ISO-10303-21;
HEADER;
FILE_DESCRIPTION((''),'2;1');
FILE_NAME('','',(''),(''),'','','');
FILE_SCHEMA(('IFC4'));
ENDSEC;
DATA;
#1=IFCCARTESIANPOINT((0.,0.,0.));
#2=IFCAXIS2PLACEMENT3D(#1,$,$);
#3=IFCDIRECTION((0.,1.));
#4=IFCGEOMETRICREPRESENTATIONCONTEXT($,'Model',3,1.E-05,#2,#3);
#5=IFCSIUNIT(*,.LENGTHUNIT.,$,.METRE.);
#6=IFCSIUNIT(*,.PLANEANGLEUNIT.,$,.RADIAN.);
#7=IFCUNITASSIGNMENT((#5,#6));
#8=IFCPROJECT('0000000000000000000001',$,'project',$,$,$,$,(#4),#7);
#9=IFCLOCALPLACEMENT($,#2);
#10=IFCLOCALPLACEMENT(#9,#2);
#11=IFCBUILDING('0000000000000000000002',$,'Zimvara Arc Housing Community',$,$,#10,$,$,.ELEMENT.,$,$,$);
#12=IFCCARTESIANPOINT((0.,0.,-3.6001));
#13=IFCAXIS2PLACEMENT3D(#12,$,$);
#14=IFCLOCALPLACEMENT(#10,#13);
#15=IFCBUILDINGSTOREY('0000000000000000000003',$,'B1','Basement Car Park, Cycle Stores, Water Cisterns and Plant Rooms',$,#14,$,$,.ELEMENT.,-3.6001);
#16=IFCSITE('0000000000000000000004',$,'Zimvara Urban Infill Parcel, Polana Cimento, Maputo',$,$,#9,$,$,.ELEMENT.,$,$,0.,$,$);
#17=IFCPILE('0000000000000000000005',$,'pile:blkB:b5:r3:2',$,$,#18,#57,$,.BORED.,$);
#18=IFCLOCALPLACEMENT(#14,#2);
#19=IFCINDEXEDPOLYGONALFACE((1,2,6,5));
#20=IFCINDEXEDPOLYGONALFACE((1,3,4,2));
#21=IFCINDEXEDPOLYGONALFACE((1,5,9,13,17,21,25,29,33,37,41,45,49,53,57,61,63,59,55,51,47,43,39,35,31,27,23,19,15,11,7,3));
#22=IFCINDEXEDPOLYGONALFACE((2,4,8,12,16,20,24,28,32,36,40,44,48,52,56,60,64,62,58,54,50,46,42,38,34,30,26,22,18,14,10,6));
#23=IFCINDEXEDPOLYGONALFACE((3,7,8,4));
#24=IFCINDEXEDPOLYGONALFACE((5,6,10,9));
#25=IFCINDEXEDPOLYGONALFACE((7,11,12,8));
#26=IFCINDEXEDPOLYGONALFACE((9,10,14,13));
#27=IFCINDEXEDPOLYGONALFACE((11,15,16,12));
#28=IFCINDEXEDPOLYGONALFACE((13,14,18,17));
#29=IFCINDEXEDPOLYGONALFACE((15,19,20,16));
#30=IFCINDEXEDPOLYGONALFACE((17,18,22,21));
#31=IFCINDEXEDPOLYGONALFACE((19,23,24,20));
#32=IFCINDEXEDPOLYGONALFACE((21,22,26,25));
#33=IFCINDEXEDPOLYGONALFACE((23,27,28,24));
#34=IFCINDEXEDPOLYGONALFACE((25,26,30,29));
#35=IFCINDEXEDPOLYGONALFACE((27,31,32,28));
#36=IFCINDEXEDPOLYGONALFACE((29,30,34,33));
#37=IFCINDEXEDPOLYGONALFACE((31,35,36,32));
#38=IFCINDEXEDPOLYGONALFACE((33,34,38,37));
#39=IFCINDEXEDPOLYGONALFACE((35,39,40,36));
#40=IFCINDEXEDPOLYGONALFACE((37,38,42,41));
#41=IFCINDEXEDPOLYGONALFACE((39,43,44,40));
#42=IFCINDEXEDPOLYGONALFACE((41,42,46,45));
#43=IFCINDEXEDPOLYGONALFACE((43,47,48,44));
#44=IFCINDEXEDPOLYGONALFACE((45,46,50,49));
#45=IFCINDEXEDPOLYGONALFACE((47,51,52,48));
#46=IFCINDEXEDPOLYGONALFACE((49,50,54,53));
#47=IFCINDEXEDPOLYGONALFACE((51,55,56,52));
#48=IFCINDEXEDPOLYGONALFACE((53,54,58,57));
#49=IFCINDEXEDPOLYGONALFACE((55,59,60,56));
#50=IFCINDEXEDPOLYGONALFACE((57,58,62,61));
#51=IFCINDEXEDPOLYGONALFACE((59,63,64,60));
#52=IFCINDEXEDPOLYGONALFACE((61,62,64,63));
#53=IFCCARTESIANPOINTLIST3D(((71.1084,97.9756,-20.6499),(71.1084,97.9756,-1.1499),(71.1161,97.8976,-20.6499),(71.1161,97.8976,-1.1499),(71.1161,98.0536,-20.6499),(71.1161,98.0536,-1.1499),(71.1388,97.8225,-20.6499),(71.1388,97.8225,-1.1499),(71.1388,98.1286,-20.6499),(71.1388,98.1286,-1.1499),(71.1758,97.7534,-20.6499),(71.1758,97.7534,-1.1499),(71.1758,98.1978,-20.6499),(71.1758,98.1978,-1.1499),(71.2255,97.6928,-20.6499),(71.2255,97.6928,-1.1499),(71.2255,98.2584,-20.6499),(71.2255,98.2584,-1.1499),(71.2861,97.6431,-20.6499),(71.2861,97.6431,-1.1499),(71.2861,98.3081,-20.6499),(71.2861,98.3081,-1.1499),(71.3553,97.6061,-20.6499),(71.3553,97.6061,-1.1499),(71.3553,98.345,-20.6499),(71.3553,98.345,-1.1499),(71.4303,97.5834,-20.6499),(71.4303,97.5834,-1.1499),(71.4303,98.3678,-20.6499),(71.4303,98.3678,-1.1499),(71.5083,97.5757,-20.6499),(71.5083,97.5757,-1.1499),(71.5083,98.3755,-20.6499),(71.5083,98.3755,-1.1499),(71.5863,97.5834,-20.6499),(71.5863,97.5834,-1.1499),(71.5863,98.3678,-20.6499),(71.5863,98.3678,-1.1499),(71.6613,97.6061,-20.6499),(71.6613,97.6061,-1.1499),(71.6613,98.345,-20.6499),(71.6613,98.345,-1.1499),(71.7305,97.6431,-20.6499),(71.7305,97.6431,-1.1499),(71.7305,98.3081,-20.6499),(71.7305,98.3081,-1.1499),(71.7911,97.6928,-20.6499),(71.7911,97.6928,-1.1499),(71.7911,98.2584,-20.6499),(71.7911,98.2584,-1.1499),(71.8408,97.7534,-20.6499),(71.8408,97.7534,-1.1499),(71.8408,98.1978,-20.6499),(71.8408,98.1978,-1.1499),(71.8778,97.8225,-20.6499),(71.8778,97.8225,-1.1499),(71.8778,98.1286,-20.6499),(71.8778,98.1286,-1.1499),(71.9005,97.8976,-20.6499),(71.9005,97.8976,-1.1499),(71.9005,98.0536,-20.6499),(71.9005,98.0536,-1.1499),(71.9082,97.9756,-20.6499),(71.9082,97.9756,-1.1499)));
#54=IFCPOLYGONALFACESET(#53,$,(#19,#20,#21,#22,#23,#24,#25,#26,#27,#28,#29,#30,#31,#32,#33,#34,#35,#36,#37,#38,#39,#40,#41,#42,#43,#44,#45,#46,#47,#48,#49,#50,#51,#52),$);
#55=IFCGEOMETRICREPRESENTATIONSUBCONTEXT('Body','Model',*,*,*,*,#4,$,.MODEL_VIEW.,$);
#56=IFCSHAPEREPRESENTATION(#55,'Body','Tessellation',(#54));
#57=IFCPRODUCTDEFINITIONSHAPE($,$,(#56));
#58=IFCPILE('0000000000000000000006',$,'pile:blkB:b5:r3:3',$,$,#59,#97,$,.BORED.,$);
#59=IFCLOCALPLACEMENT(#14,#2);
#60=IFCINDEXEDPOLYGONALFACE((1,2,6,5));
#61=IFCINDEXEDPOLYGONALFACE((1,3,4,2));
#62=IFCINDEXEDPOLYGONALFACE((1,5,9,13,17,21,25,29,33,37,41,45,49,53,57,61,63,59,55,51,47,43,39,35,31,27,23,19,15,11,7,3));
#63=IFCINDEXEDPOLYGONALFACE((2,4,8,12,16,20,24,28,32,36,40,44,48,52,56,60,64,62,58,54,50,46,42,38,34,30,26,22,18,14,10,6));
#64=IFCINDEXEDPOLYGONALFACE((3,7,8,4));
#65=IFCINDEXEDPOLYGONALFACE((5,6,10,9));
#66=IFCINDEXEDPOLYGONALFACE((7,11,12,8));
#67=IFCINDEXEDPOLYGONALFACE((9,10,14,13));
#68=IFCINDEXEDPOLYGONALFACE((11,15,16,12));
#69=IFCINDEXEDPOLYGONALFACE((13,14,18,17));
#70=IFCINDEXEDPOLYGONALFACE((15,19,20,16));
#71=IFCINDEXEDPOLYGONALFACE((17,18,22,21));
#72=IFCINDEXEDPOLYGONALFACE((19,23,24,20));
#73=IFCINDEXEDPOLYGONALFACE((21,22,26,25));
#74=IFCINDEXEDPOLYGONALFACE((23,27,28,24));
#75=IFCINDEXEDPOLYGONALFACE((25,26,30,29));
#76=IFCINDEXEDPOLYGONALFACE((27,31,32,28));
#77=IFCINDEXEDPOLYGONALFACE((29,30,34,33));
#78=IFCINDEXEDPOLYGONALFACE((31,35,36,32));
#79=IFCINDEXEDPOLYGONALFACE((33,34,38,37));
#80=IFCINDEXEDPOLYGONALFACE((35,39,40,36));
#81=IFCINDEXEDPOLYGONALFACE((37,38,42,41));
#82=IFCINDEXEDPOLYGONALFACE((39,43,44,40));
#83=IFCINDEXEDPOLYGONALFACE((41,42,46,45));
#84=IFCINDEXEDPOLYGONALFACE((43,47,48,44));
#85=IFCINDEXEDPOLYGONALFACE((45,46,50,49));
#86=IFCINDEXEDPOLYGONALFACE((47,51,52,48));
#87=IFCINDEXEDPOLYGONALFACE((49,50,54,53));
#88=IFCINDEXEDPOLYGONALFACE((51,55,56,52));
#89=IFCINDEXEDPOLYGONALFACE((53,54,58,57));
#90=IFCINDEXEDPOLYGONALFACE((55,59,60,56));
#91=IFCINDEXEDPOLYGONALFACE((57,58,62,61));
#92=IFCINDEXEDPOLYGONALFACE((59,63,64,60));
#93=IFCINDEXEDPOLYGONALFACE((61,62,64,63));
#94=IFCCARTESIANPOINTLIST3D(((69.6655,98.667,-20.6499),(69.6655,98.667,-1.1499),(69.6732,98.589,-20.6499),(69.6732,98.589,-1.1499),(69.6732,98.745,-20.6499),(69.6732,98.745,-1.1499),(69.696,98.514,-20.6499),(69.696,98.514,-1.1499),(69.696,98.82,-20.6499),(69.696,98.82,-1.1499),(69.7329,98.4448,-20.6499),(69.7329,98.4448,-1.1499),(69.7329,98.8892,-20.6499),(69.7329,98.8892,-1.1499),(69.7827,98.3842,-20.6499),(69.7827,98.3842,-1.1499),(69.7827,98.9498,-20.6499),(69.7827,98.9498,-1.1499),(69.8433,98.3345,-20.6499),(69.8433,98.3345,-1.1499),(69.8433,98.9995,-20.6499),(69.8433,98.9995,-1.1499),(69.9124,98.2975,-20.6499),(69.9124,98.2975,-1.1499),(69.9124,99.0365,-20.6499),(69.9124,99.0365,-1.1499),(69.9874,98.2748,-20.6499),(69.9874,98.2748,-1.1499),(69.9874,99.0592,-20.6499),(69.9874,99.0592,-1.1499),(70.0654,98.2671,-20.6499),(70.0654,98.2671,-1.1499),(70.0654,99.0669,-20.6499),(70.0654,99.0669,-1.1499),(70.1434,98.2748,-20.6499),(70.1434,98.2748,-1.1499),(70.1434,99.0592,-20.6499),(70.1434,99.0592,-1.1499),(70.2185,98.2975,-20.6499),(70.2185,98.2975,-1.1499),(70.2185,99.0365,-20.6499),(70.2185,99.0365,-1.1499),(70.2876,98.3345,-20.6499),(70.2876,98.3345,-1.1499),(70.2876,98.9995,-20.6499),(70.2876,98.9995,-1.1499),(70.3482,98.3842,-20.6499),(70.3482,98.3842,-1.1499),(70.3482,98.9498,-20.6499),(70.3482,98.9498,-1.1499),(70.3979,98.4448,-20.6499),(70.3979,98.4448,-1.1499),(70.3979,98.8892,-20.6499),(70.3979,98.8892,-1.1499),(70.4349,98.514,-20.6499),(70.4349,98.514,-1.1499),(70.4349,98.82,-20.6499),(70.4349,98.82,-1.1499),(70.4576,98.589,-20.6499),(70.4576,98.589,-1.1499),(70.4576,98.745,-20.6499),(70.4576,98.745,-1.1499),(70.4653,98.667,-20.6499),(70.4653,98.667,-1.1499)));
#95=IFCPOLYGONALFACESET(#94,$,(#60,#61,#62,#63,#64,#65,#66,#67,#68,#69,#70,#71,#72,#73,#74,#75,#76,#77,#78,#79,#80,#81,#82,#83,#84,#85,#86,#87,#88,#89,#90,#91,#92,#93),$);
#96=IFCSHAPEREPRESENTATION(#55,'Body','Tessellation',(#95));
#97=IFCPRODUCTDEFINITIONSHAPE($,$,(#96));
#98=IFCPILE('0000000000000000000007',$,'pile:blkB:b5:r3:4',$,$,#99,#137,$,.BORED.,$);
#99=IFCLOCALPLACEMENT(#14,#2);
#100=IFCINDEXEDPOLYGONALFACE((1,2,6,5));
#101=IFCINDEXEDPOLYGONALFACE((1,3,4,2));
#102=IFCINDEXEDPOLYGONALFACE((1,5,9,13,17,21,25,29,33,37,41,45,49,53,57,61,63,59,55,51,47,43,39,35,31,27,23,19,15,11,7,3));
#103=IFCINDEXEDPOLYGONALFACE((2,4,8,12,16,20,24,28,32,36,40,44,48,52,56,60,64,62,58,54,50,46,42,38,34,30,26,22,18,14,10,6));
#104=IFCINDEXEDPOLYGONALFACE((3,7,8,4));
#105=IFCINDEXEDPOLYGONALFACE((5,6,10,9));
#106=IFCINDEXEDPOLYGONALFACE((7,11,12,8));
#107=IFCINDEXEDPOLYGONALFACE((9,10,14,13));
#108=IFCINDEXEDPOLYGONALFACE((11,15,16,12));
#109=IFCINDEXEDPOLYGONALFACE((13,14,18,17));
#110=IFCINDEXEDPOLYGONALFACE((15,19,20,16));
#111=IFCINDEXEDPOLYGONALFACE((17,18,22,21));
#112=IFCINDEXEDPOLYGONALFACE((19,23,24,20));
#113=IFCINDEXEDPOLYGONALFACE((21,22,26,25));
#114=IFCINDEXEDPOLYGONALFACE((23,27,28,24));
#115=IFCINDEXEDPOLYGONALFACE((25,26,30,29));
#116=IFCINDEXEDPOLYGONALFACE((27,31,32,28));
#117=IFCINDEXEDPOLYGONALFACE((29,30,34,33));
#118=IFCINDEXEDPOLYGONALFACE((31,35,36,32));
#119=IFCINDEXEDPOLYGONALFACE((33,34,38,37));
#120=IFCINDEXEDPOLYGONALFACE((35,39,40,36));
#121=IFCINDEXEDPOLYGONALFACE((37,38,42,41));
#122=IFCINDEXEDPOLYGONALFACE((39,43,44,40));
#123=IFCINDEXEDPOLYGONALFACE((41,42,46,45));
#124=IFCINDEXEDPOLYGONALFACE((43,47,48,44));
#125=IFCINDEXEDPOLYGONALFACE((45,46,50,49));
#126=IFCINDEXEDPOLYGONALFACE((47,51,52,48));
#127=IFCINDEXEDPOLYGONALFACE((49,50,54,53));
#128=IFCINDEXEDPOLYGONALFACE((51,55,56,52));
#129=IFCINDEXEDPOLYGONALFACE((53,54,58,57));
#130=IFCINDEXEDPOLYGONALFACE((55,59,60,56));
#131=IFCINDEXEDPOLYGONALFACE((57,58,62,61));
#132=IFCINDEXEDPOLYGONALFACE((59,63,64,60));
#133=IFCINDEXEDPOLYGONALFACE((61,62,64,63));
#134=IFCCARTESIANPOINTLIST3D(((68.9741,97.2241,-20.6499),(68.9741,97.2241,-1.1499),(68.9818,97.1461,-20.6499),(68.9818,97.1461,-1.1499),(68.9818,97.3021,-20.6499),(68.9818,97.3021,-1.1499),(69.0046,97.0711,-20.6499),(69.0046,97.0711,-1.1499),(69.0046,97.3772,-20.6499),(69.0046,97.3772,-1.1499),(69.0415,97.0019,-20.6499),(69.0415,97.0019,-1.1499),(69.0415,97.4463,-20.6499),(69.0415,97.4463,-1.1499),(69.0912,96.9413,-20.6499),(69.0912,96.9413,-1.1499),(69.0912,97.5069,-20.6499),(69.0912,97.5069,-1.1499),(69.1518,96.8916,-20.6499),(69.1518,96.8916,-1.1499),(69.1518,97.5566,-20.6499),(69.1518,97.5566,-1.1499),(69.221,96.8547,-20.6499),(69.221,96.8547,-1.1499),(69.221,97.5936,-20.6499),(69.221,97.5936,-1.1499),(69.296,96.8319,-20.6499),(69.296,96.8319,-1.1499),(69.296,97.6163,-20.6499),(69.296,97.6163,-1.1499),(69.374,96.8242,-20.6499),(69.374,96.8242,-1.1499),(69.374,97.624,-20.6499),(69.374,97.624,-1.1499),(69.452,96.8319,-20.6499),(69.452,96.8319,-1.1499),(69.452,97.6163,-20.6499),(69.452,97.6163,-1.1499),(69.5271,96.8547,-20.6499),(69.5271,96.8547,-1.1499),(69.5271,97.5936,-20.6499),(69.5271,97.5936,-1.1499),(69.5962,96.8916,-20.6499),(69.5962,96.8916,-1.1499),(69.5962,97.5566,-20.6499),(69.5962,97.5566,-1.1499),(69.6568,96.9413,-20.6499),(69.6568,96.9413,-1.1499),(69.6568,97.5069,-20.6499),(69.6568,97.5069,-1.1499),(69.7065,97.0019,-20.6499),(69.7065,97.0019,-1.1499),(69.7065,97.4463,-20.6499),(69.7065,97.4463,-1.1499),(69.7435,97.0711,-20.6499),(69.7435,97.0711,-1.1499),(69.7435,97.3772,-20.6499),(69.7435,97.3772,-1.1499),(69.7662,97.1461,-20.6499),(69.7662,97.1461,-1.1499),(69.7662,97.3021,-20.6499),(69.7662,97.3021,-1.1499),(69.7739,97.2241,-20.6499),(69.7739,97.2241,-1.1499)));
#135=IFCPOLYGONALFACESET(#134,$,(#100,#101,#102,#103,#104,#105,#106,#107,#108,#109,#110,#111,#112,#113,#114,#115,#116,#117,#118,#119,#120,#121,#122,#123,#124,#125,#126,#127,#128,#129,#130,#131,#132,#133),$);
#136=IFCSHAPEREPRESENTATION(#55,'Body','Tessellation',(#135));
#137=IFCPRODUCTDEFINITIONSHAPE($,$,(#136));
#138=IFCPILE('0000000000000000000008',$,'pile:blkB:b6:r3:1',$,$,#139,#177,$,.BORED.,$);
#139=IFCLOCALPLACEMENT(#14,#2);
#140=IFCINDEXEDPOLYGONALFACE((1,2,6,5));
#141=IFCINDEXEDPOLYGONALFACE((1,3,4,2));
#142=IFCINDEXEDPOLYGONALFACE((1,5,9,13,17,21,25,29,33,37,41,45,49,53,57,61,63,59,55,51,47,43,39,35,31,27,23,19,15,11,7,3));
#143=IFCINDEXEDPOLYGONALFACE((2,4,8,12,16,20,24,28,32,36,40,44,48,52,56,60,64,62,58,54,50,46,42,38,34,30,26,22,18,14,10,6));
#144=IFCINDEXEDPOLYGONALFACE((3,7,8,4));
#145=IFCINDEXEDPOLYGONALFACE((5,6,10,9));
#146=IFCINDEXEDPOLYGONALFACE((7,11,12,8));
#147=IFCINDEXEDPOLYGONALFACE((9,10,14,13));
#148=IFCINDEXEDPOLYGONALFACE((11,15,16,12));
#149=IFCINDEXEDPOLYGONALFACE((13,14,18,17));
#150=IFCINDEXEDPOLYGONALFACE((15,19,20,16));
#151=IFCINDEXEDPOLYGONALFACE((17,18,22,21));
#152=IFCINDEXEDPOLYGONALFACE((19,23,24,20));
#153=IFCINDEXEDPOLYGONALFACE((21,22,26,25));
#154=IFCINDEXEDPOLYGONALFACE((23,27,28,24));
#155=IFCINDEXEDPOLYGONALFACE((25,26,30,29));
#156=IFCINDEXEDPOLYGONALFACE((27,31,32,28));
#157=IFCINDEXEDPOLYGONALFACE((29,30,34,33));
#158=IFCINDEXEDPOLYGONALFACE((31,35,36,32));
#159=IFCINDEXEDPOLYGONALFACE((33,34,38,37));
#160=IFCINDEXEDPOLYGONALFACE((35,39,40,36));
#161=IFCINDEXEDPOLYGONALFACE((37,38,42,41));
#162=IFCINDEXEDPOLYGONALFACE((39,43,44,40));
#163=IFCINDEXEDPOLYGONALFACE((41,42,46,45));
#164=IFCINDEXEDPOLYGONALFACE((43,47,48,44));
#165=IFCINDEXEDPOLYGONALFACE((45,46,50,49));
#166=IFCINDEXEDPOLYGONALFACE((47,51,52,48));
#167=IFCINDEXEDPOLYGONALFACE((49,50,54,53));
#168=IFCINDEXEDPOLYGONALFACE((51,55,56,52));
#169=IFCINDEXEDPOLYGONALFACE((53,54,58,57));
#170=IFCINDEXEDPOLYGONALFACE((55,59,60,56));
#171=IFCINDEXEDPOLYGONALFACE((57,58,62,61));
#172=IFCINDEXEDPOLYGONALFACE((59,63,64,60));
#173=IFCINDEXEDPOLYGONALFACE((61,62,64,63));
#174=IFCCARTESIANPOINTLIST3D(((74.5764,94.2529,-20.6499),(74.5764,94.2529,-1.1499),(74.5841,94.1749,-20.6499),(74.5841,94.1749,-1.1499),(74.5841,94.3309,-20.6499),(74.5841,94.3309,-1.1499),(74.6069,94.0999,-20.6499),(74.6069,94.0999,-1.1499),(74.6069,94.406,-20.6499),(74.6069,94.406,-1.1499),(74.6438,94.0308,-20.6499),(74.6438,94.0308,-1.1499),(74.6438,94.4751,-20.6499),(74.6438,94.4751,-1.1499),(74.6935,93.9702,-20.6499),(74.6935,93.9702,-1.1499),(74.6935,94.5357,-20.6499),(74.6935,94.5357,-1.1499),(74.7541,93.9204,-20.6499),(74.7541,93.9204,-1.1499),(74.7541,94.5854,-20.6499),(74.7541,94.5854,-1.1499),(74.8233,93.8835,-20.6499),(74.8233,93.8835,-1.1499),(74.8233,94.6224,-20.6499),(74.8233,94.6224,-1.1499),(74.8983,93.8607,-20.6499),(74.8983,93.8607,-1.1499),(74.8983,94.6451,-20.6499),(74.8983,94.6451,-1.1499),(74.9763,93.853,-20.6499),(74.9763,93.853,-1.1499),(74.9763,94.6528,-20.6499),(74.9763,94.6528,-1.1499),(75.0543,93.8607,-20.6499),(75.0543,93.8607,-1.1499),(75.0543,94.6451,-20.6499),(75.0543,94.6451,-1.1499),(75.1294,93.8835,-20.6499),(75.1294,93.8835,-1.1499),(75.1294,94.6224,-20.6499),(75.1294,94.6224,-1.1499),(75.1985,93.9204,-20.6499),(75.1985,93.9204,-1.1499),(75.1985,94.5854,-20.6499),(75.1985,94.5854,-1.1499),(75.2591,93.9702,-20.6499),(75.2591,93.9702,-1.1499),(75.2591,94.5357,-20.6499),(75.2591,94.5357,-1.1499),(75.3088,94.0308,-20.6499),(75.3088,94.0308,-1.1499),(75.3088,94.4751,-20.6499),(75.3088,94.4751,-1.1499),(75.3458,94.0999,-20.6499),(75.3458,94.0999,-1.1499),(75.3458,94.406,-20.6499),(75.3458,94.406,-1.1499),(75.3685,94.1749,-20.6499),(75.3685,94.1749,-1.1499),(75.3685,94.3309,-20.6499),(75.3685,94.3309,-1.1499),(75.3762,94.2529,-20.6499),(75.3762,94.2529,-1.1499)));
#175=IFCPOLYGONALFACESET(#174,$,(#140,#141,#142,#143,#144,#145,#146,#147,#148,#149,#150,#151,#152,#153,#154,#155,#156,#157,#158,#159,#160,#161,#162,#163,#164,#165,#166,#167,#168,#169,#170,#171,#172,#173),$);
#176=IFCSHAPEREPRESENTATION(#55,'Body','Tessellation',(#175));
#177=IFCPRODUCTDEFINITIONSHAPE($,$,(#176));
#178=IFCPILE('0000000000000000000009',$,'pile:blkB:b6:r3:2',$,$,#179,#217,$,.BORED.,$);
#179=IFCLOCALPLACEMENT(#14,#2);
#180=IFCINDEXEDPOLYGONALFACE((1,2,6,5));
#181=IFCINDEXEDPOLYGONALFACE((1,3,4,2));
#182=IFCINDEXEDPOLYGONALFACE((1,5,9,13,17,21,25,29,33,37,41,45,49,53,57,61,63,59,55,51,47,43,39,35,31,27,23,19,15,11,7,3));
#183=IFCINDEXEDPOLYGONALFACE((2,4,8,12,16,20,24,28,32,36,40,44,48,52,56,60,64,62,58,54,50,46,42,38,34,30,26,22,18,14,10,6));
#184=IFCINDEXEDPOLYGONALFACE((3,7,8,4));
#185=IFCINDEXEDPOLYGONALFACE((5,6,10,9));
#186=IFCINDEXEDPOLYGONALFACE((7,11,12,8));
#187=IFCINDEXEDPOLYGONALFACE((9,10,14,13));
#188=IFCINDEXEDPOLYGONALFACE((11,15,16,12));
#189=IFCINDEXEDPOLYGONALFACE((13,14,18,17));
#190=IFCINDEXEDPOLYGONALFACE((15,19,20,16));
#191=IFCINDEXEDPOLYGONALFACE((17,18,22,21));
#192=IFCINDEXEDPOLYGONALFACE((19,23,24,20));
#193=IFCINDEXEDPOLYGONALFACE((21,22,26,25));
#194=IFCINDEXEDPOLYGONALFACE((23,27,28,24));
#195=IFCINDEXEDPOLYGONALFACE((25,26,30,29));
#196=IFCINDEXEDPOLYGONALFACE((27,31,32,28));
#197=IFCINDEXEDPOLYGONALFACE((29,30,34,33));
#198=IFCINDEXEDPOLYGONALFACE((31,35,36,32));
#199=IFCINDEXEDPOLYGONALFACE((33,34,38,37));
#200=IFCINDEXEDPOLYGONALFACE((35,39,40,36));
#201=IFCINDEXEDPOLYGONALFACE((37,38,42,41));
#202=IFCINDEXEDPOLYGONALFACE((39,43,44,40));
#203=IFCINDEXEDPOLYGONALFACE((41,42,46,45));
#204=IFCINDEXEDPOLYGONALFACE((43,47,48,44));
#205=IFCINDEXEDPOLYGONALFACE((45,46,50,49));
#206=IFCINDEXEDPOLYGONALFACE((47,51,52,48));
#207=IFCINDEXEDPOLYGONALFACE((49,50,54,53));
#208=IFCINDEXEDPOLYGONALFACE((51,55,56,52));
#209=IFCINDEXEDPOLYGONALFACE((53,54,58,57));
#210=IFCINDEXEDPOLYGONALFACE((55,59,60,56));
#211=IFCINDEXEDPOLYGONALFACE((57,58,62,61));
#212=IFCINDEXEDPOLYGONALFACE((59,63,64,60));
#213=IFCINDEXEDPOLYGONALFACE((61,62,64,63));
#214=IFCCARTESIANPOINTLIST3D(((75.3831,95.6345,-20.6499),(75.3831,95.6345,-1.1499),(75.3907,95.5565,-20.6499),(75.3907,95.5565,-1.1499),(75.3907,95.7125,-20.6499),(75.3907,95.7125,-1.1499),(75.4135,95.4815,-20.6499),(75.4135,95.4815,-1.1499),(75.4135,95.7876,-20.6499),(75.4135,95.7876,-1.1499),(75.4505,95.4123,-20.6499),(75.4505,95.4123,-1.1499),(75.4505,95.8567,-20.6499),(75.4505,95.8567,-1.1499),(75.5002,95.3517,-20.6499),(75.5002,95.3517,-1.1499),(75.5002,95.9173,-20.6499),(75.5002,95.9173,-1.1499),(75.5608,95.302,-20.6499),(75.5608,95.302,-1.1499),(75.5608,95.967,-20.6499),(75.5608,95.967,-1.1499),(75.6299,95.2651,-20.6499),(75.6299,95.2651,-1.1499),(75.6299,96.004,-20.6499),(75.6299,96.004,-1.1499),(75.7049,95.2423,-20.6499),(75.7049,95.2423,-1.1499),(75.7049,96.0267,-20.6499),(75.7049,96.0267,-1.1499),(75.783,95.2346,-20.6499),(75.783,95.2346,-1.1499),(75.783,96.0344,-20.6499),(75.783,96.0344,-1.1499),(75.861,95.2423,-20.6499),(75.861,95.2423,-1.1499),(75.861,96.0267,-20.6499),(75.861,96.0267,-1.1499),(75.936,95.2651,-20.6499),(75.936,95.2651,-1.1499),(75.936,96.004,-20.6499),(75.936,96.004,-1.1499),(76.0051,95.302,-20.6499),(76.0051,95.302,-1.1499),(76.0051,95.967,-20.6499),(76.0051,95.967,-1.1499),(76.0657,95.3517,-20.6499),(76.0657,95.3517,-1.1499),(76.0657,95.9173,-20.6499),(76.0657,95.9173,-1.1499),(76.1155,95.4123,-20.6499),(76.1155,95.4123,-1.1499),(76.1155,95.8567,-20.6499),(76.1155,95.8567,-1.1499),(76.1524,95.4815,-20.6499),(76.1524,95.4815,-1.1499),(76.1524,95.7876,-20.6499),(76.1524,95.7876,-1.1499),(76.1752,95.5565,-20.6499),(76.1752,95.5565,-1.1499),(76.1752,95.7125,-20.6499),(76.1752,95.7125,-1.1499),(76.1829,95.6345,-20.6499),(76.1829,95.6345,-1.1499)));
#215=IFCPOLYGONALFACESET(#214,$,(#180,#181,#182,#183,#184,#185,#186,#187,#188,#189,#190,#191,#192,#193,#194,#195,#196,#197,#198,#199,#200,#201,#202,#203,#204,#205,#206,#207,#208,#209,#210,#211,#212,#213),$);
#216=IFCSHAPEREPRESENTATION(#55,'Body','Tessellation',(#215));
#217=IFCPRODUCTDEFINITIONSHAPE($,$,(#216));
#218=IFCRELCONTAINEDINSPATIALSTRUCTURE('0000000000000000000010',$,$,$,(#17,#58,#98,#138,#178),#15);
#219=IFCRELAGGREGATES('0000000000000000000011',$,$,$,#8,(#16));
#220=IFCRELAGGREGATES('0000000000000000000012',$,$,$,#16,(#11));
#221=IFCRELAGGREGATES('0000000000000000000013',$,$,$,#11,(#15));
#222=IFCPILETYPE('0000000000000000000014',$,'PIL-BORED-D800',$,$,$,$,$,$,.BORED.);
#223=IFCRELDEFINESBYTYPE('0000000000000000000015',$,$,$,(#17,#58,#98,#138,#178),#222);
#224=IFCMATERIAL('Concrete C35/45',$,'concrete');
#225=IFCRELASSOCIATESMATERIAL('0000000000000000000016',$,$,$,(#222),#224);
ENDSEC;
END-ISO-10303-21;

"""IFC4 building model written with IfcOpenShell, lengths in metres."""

from ifc_helpers import new_model, si_unit, direction, frame, origin, origin_2d, place, context, subcontext, project, spatial, circle, extrude, material, material_profile, profile_set, type_object, element, save


model = new_model("IFC4")

# Units and contexts
model_context = context("Model", 3, precision=1e-05, world=origin(), true_north=direction((0.0, 1.0)))
body_context = subcontext(model_context, "Body", "Model", "MODEL_VIEW")
ifc_project = project(units=[si_unit("LENGTHUNIT", "METRE"), si_unit("PLANEANGLEUNIT", "RADIAN")], contexts=[model_context])

# Site, building, storey
site_placement = place(None, origin())
site = spatial("IfcSite", under=ifc_project, at=site_placement, Name="Zimvara Urban Infill Parcel, Polana Cimento, Maputo", CompositionType="ELEMENT", RefElevation=0.0)
building_placement = place(site_placement, origin())
building = spatial("IfcBuilding", under=site, at=building_placement, Name="Zimvara Arc Housing Community", CompositionType="ELEMENT")
storey_placement = place(building_placement, frame((0.0, 0.0, -3.6001)))
storey = spatial("IfcBuildingStorey", under=building, at=storey_placement, Name="B1", Description="Basement Car Park, Cycle Stores, Water Cisterns and Plant Rooms", CompositionType="ELEMENT", Elevation=-3.6001)

# Piles
ifc_material_1 = material(Name="Concrete C35/45", Category="concrete")
ifc_material_profile_1 = material_profile(ifc_material_1, circle(Radius=0.3999, at=origin_2d()), Name="PILE D800")
ifc_profile_set_1 = profile_set([ifc_material_profile_1], Name="Concrete C35/45")
pile_type = type_object("IfcPileType", Name="PIL-BORED-D800", PredefinedType="BORED", material=ifc_profile_set_1)
for number, where, z_axis, x_axis, name in (
    (1, (71.5083, 97.9756, -1.1499), (0.0, 0.0, -1.0), (1.0, 0.0, 0.0), "pile:blkB:b5:r3:2"),
    (2, (70.0654, 98.667, -1.1499), (0.0, 0.0, -1.0), (1.0, 0.0, 0.0), "pile:blkB:b5:r3:3"),
    (3, (69.374, 97.2241, -1.1499), (0.0, 0.0, -1.0), (1.0, 0.0, 0.0), "pile:blkB:b5:r3:4"),
    (4, (74.9763, 94.2529, -1.1499), (0.0, 0.0, -1.0), (1.0, 0.0, 0.0), "pile:blkB:b6:r3:1"),
    (5, (75.783, 95.6345, -1.1499), (0.0, 0.0, -1.0), (1.0, 0.0, 0.0), "pile:blkB:b6:r3:2"),
):
    element("IfcPile", number, at=place(storey_placement, frame(where, z_axis=z_axis, x_axis=x_axis)), inside=storey, type_object=pile_type, Name=name, PredefinedType="BORED", context=body_context, shape_type="SweptSolid", body=[
        extrude(circle(Radius=0.3999, at=origin_2d()), origin(), (0.0, 0.0, 1.0), 19.5),
    ])

save(model, "model.ifc")
